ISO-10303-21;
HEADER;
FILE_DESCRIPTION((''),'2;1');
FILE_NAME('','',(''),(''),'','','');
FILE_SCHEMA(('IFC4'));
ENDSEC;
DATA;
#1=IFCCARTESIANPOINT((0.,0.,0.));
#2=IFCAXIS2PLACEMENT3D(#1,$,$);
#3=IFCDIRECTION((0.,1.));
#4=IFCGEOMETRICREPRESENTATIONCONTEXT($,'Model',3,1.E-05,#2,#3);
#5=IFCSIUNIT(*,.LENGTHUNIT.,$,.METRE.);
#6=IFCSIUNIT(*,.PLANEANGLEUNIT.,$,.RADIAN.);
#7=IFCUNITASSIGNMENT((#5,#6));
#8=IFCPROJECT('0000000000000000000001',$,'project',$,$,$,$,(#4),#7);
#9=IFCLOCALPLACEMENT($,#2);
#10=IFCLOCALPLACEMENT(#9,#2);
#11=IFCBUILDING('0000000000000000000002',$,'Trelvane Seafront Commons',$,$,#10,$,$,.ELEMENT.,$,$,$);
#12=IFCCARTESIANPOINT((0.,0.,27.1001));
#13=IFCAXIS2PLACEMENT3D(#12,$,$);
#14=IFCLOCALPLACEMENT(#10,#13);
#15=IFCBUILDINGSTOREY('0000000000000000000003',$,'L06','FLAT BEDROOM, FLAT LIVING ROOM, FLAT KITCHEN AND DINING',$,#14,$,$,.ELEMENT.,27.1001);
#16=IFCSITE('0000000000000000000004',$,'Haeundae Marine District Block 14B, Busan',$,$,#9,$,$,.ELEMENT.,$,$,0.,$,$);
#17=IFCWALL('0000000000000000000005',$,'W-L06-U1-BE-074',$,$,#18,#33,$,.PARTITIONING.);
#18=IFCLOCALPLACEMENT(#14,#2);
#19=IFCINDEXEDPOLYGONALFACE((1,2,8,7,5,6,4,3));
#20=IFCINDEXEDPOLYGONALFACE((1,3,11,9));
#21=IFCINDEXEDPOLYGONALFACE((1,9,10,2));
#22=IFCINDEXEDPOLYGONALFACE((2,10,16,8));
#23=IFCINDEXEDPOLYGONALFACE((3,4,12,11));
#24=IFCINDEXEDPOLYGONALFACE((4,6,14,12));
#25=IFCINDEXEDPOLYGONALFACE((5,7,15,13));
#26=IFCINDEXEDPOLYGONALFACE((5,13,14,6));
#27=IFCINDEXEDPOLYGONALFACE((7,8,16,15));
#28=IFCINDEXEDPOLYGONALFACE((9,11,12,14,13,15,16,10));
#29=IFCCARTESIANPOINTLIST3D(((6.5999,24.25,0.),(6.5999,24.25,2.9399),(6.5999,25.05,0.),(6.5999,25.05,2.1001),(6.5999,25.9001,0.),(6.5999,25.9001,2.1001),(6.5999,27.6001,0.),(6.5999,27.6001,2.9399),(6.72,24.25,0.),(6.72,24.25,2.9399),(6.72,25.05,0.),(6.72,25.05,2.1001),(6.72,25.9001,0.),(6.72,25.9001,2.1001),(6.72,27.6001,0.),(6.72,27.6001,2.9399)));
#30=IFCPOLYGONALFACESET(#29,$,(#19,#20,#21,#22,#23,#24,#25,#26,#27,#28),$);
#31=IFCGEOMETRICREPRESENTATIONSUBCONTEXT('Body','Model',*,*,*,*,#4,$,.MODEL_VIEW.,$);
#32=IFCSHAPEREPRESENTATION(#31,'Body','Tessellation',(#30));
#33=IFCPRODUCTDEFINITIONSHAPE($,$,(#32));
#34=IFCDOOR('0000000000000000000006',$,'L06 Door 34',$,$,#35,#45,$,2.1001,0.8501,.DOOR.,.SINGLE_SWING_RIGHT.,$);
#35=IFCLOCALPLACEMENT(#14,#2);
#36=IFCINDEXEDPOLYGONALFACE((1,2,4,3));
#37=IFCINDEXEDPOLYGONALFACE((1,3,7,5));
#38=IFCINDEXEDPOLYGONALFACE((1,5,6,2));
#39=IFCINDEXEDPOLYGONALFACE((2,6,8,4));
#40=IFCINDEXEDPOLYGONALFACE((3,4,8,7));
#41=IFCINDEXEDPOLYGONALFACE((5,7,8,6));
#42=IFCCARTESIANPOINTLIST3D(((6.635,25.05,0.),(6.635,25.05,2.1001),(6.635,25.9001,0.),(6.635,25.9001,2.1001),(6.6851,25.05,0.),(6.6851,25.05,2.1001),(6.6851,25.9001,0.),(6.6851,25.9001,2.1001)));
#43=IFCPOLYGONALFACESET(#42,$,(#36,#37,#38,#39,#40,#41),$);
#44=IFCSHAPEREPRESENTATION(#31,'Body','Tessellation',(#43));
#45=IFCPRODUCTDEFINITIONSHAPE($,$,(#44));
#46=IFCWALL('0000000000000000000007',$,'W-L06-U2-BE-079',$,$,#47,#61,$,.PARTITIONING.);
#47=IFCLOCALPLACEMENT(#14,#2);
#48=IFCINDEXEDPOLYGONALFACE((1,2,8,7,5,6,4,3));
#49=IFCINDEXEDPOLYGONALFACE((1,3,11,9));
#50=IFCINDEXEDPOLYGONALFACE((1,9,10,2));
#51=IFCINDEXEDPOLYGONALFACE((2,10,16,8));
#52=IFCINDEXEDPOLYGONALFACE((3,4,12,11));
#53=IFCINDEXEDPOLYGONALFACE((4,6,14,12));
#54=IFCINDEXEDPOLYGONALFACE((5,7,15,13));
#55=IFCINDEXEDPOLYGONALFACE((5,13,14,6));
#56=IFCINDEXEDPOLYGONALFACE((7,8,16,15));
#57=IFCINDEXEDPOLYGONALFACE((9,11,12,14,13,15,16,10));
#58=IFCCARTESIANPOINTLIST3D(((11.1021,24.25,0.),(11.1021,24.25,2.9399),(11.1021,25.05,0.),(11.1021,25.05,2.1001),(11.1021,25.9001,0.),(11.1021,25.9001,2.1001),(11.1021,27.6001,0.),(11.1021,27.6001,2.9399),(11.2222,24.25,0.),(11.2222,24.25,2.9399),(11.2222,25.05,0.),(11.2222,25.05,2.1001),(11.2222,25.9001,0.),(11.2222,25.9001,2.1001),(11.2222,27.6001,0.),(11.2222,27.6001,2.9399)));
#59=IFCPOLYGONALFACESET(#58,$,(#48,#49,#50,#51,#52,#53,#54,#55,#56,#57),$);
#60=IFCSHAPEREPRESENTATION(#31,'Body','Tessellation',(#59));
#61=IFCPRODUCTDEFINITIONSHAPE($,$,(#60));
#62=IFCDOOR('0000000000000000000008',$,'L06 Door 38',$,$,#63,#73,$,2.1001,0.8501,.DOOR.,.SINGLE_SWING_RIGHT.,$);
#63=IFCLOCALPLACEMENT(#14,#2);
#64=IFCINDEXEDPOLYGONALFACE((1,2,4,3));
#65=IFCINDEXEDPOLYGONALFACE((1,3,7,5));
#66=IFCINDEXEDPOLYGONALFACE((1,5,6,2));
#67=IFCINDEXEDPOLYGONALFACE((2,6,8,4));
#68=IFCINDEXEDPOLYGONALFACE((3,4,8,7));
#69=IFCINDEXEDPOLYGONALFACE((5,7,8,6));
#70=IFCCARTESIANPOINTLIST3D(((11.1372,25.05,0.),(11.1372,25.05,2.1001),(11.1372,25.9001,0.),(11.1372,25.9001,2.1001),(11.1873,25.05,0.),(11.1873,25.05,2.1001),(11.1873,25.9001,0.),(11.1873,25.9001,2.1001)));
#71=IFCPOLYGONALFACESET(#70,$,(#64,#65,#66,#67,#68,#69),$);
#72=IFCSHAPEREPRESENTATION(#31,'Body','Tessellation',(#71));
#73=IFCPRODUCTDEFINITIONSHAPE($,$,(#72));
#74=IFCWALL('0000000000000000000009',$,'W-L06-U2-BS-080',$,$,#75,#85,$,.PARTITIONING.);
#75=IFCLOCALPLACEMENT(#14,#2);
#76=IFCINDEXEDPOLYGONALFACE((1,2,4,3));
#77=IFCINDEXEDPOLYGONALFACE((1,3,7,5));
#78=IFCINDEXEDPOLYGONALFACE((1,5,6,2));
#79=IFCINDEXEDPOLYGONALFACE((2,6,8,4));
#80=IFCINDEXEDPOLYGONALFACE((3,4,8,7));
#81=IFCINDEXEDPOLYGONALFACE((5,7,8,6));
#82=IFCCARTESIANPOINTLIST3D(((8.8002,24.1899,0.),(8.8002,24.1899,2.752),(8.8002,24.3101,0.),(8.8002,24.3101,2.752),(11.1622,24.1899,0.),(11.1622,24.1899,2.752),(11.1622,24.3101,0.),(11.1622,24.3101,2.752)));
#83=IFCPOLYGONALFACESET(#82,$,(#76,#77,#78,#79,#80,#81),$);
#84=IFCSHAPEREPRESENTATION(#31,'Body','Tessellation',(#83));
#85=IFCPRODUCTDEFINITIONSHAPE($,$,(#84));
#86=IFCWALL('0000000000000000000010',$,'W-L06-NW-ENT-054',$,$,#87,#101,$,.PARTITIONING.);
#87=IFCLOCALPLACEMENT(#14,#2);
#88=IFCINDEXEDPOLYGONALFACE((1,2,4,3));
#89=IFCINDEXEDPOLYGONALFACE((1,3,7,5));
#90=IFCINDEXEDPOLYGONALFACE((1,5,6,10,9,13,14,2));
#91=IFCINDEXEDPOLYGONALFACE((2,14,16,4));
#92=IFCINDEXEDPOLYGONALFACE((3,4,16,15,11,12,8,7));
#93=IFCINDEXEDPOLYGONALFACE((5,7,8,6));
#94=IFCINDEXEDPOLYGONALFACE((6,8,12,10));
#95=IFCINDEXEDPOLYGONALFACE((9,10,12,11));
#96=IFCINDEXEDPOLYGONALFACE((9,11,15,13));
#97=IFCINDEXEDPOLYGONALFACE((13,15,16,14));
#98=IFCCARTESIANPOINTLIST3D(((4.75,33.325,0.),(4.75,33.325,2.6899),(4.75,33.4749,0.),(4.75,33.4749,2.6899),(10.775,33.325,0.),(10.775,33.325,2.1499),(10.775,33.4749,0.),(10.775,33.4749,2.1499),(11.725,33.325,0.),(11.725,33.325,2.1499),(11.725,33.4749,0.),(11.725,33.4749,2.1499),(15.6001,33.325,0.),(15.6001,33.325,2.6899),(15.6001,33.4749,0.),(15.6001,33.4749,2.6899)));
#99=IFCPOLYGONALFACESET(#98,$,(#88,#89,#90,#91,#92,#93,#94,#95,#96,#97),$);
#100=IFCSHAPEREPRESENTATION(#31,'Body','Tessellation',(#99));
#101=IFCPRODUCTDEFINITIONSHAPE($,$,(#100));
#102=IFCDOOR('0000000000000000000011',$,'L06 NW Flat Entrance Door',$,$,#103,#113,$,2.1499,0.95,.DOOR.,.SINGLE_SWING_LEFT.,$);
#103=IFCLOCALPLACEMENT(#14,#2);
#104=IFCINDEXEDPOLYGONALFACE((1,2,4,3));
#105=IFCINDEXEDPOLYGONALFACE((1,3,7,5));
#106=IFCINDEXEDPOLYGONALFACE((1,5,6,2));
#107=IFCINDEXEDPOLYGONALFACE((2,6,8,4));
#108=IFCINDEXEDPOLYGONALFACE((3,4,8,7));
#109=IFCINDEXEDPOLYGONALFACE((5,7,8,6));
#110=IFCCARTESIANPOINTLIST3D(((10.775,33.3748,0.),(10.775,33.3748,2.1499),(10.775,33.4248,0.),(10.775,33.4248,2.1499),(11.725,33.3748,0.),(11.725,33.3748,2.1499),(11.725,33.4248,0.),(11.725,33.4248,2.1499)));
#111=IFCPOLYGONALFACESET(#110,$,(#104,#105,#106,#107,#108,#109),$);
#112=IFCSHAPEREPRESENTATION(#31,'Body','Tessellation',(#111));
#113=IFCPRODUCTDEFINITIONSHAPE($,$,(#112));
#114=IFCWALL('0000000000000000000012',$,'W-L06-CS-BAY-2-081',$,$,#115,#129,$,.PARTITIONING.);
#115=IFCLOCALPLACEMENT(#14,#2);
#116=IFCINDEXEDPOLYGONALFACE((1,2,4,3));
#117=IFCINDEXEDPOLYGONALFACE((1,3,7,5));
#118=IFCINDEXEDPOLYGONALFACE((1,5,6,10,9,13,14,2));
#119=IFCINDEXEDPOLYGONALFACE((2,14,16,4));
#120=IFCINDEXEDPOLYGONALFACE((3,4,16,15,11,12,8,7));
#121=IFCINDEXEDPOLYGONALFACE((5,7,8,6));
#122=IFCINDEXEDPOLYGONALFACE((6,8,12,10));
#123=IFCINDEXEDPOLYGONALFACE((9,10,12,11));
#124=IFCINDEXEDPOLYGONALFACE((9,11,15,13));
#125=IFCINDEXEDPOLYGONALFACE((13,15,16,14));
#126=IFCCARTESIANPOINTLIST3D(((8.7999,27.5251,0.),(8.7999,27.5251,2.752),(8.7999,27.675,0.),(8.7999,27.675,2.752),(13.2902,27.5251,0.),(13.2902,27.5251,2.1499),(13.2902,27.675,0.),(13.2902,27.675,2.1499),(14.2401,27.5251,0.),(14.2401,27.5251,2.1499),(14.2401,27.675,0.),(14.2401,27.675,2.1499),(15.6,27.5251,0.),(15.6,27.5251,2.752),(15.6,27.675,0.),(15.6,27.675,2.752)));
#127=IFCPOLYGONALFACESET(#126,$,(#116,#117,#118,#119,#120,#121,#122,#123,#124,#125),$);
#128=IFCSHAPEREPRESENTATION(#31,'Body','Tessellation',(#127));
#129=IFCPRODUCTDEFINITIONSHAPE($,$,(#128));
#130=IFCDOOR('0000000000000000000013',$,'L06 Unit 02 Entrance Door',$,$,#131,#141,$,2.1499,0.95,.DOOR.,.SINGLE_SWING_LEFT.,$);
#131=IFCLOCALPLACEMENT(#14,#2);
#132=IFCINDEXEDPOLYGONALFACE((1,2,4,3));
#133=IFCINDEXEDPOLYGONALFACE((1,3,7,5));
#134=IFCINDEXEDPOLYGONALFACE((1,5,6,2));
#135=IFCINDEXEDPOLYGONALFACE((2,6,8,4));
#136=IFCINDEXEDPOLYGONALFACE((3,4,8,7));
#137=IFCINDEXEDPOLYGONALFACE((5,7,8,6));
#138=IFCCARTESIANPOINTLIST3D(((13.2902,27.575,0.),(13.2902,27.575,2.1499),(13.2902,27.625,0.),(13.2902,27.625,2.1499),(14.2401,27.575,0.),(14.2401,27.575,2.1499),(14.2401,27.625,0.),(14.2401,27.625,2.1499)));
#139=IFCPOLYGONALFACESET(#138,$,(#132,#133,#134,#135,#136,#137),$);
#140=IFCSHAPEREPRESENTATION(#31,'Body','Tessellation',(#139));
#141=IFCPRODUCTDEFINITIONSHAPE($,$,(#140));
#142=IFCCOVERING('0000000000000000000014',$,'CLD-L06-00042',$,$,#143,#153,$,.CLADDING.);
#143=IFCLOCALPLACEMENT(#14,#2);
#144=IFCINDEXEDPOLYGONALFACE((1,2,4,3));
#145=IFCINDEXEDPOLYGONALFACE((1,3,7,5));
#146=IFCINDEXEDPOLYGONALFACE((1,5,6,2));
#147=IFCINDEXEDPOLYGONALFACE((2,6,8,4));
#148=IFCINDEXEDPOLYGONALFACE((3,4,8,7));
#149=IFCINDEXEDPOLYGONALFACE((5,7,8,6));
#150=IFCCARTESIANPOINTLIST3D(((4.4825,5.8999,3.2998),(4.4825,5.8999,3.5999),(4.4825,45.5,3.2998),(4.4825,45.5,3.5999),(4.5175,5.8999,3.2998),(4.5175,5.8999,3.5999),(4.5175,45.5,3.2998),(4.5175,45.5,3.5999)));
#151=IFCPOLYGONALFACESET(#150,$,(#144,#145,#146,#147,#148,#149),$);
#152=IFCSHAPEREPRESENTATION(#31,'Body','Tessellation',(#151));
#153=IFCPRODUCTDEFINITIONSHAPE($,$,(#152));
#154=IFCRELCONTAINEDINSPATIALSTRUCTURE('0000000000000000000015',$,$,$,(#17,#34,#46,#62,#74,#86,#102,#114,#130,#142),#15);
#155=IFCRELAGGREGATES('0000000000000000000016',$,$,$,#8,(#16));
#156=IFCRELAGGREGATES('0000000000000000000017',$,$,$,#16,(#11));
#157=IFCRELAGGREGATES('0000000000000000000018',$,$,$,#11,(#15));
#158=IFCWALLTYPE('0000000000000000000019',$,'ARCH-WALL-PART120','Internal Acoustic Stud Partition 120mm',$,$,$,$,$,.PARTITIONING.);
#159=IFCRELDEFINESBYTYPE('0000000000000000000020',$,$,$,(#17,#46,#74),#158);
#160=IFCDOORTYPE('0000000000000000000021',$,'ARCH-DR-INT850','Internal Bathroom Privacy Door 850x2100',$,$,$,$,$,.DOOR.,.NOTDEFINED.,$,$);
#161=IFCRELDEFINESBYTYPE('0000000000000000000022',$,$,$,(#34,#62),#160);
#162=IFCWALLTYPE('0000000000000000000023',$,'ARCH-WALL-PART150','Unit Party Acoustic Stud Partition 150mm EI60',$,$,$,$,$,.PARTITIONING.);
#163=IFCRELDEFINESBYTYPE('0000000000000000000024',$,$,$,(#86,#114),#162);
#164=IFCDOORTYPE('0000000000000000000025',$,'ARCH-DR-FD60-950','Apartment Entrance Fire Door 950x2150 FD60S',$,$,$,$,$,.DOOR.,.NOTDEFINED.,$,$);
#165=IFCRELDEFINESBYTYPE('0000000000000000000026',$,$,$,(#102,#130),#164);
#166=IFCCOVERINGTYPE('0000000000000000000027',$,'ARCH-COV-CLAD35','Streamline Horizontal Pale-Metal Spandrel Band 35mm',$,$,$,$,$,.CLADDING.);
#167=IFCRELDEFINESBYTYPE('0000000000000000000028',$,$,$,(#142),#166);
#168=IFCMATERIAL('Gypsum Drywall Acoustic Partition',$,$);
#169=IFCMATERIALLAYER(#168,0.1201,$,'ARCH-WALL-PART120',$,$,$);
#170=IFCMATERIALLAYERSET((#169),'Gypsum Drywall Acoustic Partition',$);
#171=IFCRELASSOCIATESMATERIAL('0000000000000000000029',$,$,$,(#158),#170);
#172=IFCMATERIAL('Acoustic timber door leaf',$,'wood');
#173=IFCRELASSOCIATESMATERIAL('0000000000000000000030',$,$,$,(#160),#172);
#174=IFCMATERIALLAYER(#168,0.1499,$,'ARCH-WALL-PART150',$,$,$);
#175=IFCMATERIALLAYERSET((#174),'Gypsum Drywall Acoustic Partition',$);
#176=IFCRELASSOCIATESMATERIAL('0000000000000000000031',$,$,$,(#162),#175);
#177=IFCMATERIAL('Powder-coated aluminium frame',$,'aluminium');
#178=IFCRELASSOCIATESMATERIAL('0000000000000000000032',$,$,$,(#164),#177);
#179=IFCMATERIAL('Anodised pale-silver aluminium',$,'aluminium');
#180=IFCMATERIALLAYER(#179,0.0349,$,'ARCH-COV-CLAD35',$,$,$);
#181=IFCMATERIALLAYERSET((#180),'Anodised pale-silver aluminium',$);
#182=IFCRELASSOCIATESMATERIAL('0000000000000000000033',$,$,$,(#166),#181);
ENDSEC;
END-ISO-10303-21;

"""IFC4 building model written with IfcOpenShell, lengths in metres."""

from ifc_helpers import new_model, si_unit, direction, frame, frame_2d, origin, origin_2d, place, context, subcontext, project, spatial, rectangle, extrude, source, transform, mapped, material, layer, layer_set, type_object, element, fill, save


model = new_model("IFC4")

# Units and contexts
model_context = context("Model", 3, precision=1e-05, world=origin(), true_north=direction((0.0, 1.0)))
body_context = subcontext(model_context, "Body", "Model", "MODEL_VIEW")
ifc_project = project(units=[si_unit("LENGTHUNIT", "METRE"), si_unit("PLANEANGLEUNIT", "RADIAN")], contexts=[model_context])

# Site, building, storey
site_placement = place(None, origin())
site = spatial("IfcSite", under=ifc_project, at=site_placement, Name="Haeundae Marine District Block 14B, Busan", CompositionType="ELEMENT", RefElevation=0.0)
building_placement = place(site_placement, origin())
building = spatial("IfcBuilding", under=site, at=building_placement, Name="Trelvane Seafront Commons", CompositionType="ELEMENT")
storey_placement = place(building_placement, frame((0.0, 0.0, 27.1001)))
storey = spatial("IfcBuildingStorey", under=building, at=storey_placement, Name="L06", Description="FLAT BEDROOM, FLAT LIVING ROOM, FLAT KITCHEN AND DINING", CompositionType="ELEMENT", Elevation=27.1001)

# Shared definitions
ifc_material_1 = material(Name="Anodised pale-silver aluminium", Category="aluminium")

# Walls, openings, doors
ifc_material_2 = material(Name="Gypsum Drywall Acoustic Partition")
ifc_layer_1 = layer(ifc_material_2, 0.1201, Name="ARCH-WALL-PART120")
ifc_layer_set_1 = layer_set([ifc_layer_1], Name="Gypsum Drywall Acoustic Partition")
wall_type_1 = type_object("IfcWallType", Name="ARCH-WALL-PART120", Description="Internal Acoustic Stud Partition 120mm", PredefinedType="PARTITIONING", material=ifc_layer_set_1)
ifc_material_3 = material(Name="Acoustic timber door leaf", Category="wood")
shared_shape_1 = source(origin(), body_context, "Body", "SweptSolid", [
    extrude(rectangle(XDim=0.95, YDim=2.1499, at=frame_2d((0.4751, 1.075))), frame((0.0, 0.0249, 0.0), z_axis=(0.0, -1.0, 0.0), x_axis=(1.0, 0.0, 0.0)), (0.0, 0.0, 1.0), 0.05),
])
wall_1_placement = place(storey_placement, frame((6.6599, 24.25, 0.0), z_axis=(0.0, 0.0, 1.0), x_axis=(0.0, 1.0, 0.0)))
wall_1 = element("IfcWall", 1, at=wall_1_placement, inside=storey, type_object=wall_type_1, Name="W-L06-U1-BE-074", PredefinedType="PARTITIONING", context=body_context, shape_type="SweptSolid", body=[
    extrude(rectangle(XDim=3.3501, YDim=0.1201, at=frame_2d((1.675, 0.0))), origin(), (0.0, 0.0, 1.0), 2.9399),
])
opening_1_placement = place(wall_1_placement, frame((0.8, 0.0, 0.0)))
opening_1 = element("IfcOpeningElement", 2, at=opening_1_placement, cuts=wall_1, PredefinedType="OPENING", context=body_context, shape_type="SweptSolid", body=[
    extrude(rectangle(XDim=0.8501, YDim=2.1001, at=frame_2d((0.425, 1.05))), frame((0.0, 0.0701, 0.0), z_axis=(0.0, -1.0, 0.0), x_axis=(1.0, 0.0, 0.0)), (0.0, 0.0, 1.0), 0.1401),
])
door_type_1 = type_object("IfcDoorType", Name="ARCH-DR-INT850", Description="Internal Bathroom Privacy Door 850x2100", OperationType="NOTDEFINED", PredefinedType="DOOR", material=ifc_material_3)
shared_shape_2 = source(origin(), body_context, "Body", "SweptSolid", [
    extrude(rectangle(XDim=0.8501, YDim=2.1001, at=frame_2d((0.425, 1.05))), frame((0.0, 0.0249, 0.0), z_axis=(0.0, -1.0, 0.0), x_axis=(1.0, 0.0, 0.0)), (0.0, 0.0, 1.0), 0.05),
])
door_1_placement = place(opening_1_placement, origin())
door_1 = element("IfcDoor", 3, at=door_1_placement, inside=storey, type_object=door_type_1, Name="L06 Door 34", OperationType="SINGLE_SWING_RIGHT", OverallHeight=2.1001, OverallWidth=0.8501, PredefinedType="DOOR", context=body_context, shape_type="MappedRepresentation", body=[
    mapped(shared_shape_2, transform((0.0, 0.0, 0.0), x_axis=(1.0, 0.0, 0.0), y_axis=(0.0, 1.0, 0.0), z_axis=(0.0, 0.0, 1.0), scale=1.0)),
])
fill(opening_1, door_1)
wall_2_placement = place(storey_placement, frame((11.1621, 24.25, 0.0), z_axis=(0.0, 0.0, 1.0), x_axis=(0.0, 1.0, 0.0)))
wall_2 = element("IfcWall", 4, at=wall_2_placement, inside=storey, type_object=wall_type_1, Name="W-L06-U2-BE-079", PredefinedType="PARTITIONING", context=body_context, shape_type="SweptSolid", body=[
    extrude(rectangle(XDim=3.3501, YDim=0.1201, at=frame_2d((1.675, 0.0))), origin(), (0.0, 0.0, 1.0), 2.9399),
])
opening_2_placement = place(wall_2_placement, frame((0.8, 0.0, 0.0)))
opening_2 = element("IfcOpeningElement", 5, at=opening_2_placement, cuts=wall_2, PredefinedType="OPENING", context=body_context, shape_type="SweptSolid", body=[
    extrude(rectangle(XDim=0.8501, YDim=2.1001, at=frame_2d((0.425, 1.05))), frame((0.0, 0.0701, 0.0), z_axis=(0.0, -1.0, 0.0), x_axis=(1.0, 0.0, 0.0)), (0.0, 0.0, 1.0), 0.1401),
])
door_2_placement = place(opening_2_placement, origin())
door_2 = element("IfcDoor", 6, at=door_2_placement, inside=storey, type_object=door_type_1, Name="L06 Door 38", OperationType="SINGLE_SWING_RIGHT", OverallHeight=2.1001, OverallWidth=0.8501, PredefinedType="DOOR", context=body_context, shape_type="MappedRepresentation", body=[
    mapped(shared_shape_2, transform((0.0, 0.0, 0.0), x_axis=(1.0, 0.0, 0.0), y_axis=(0.0, 1.0, 0.0), z_axis=(0.0, 0.0, 1.0), scale=1.0)),
])
fill(opening_2, door_2)

# Wall
wall_3_placement = place(storey_placement, frame((8.8, 24.25, 0.0), z_axis=(0.0, 0.0, 1.0), x_axis=(1.0, 0.0, 0.0)))
element("IfcWall", 7, at=wall_3_placement, inside=storey, type_object=wall_type_1, Name="W-L06-U2-BS-080", PredefinedType="PARTITIONING", context=body_context, shape_type="SweptSolid", body=[
    extrude(rectangle(XDim=2.3621, YDim=0.1201, at=frame_2d((1.1812, 0.0))), origin(), (0.0, 0.0, 1.0), 2.752),
])

# Walls, openings, doors
ifc_layer_2 = layer(ifc_material_2, 0.1499, Name="ARCH-WALL-PART150")
ifc_layer_set_2 = layer_set([ifc_layer_2], Name="Gypsum Drywall Acoustic Partition")
wall_type_2 = type_object("IfcWallType", Name="ARCH-WALL-PART150", Description="Unit Party Acoustic Stud Partition 150mm EI60", PredefinedType="PARTITIONING", material=ifc_layer_set_2)
wall_4_placement = place(storey_placement, frame((4.75, 33.3999, 0.0), z_axis=(0.0, 0.0, 1.0), x_axis=(1.0, 0.0, 0.0)))
wall_4 = element("IfcWall", 8, at=wall_4_placement, inside=storey, type_object=wall_type_2, Name="W-L06-NW-ENT-054", PredefinedType="PARTITIONING", context=body_context, shape_type="SweptSolid", body=[
    extrude(rectangle(XDim=10.8501, YDim=0.1499, at=frame_2d((5.425, 0.0))), origin(), (0.0, 0.0, 1.0), 2.6899),
])
opening_3_placement = place(wall_4_placement, frame((6.0249, 0.0, 0.0)))
opening_3 = element("IfcOpeningElement", 9, at=opening_3_placement, cuts=wall_4, PredefinedType="OPENING", context=body_context, shape_type="SweptSolid", body=[
    extrude(rectangle(XDim=0.95, YDim=2.1499, at=frame_2d((0.4751, 1.075))), frame((0.0, 0.085, 0.0), z_axis=(0.0, -1.0, 0.0), x_axis=(1.0, 0.0, 0.0)), (0.0, 0.0, 1.0), 0.1699),
])
ifc_material_4 = material(Name="Powder-coated aluminium frame", Category="aluminium")
door_type_2 = type_object("IfcDoorType", Name="ARCH-DR-FD60-950", Description="Apartment Entrance Fire Door 950x2150 FD60S", OperationType="NOTDEFINED", PredefinedType="DOOR", material=ifc_material_4)
door_3_placement = place(opening_3_placement, origin())
door_3 = element("IfcDoor", 10, at=door_3_placement, inside=storey, type_object=door_type_2, Name="L06 NW Flat Entrance Door", OperationType="SINGLE_SWING_LEFT", OverallHeight=2.1499, OverallWidth=0.95, PredefinedType="DOOR", context=body_context, shape_type="MappedRepresentation", body=[
    mapped(shared_shape_1, transform((0.0, 0.0, 0.0), x_axis=(1.0, 0.0, 0.0), y_axis=(0.0, 1.0, 0.0), z_axis=(0.0, 0.0, 1.0), scale=1.0)),
])
fill(opening_3, door_3)
wall_5_placement = place(storey_placement, frame((8.8, 27.6001, 0.0), z_axis=(0.0, 0.0, 1.0), x_axis=(1.0, 0.0, 0.0)))
wall_5 = element("IfcWall", 11, at=wall_5_placement, inside=storey, type_object=wall_type_2, Name="W-L06-CS-BAY-2-081", PredefinedType="PARTITIONING", context=body_context, shape_type="SweptSolid", body=[
    extrude(rectangle(XDim=6.8, YDim=0.1499, at=frame_2d((3.3999, 0.0))), origin(), (0.0, 0.0, 1.0), 2.752),
])
opening_4_placement = place(wall_5_placement, frame((4.49, 0.0, 0.0)))
opening_4 = element("IfcOpeningElement", 12, at=opening_4_placement, cuts=wall_5, PredefinedType="OPENING", context=body_context, shape_type="SweptSolid", body=[
    extrude(rectangle(XDim=0.95, YDim=2.1499, at=frame_2d((0.4751, 1.075))), frame((0.0, 0.085, 0.0), z_axis=(0.0, -1.0, 0.0), x_axis=(1.0, 0.0, 0.0)), (0.0, 0.0, 1.0), 0.1699),
])
door_4_placement = place(opening_4_placement, origin())
door_4 = element("IfcDoor", 13, at=door_4_placement, inside=storey, type_object=door_type_2, Name="L06 Unit 02 Entrance Door", OperationType="SINGLE_SWING_LEFT", OverallHeight=2.1499, OverallWidth=0.95, PredefinedType="DOOR", context=body_context, shape_type="MappedRepresentation", body=[
    mapped(shared_shape_1, transform((0.0, 0.0, 0.0), x_axis=(1.0, 0.0, 0.0), y_axis=(0.0, 1.0, 0.0), z_axis=(0.0, 0.0, 1.0), scale=1.0)),
])
fill(opening_4, door_4)

# Covering
ifc_layer_3 = layer(ifc_material_1, 0.0349, Name="ARCH-COV-CLAD35")
ifc_layer_set_3 = layer_set([ifc_layer_3], Name="Anodised pale-silver aluminium")
covering_type = type_object("IfcCoveringType", Name="ARCH-COV-CLAD35", Description="Streamline Horizontal Pale-Metal Spandrel Band 35mm", PredefinedType="CLADDING", material=ifc_layer_set_3)
shared_shape_3 = source(origin(), body_context, "Body", "SweptSolid", [
    extrude(rectangle(XDim=39.6001, YDim=0.0349, at=origin_2d()), origin(), (0.0, 0.0, 1.0), 0.3),
])
covering_placement = place(storey_placement, frame((4.5, 25.7, 3.2998), z_axis=(0.0, 0.0, 1.0), x_axis=(0.0, 1.0, 0.0)))
element("IfcCovering", 14, at=covering_placement, inside=storey, type_object=covering_type, Name="CLD-L06-00042", PredefinedType="CLADDING", context=body_context, shape_type="MappedRepresentation", body=[
    mapped(shared_shape_3, transform((0.0, 0.0, 0.0), x_axis=(1.0, 0.0, 0.0), y_axis=(0.0, 1.0, 0.0), z_axis=(0.0, 0.0, 1.0), scale=1.0)),
])

save(model, "model.ifc")
